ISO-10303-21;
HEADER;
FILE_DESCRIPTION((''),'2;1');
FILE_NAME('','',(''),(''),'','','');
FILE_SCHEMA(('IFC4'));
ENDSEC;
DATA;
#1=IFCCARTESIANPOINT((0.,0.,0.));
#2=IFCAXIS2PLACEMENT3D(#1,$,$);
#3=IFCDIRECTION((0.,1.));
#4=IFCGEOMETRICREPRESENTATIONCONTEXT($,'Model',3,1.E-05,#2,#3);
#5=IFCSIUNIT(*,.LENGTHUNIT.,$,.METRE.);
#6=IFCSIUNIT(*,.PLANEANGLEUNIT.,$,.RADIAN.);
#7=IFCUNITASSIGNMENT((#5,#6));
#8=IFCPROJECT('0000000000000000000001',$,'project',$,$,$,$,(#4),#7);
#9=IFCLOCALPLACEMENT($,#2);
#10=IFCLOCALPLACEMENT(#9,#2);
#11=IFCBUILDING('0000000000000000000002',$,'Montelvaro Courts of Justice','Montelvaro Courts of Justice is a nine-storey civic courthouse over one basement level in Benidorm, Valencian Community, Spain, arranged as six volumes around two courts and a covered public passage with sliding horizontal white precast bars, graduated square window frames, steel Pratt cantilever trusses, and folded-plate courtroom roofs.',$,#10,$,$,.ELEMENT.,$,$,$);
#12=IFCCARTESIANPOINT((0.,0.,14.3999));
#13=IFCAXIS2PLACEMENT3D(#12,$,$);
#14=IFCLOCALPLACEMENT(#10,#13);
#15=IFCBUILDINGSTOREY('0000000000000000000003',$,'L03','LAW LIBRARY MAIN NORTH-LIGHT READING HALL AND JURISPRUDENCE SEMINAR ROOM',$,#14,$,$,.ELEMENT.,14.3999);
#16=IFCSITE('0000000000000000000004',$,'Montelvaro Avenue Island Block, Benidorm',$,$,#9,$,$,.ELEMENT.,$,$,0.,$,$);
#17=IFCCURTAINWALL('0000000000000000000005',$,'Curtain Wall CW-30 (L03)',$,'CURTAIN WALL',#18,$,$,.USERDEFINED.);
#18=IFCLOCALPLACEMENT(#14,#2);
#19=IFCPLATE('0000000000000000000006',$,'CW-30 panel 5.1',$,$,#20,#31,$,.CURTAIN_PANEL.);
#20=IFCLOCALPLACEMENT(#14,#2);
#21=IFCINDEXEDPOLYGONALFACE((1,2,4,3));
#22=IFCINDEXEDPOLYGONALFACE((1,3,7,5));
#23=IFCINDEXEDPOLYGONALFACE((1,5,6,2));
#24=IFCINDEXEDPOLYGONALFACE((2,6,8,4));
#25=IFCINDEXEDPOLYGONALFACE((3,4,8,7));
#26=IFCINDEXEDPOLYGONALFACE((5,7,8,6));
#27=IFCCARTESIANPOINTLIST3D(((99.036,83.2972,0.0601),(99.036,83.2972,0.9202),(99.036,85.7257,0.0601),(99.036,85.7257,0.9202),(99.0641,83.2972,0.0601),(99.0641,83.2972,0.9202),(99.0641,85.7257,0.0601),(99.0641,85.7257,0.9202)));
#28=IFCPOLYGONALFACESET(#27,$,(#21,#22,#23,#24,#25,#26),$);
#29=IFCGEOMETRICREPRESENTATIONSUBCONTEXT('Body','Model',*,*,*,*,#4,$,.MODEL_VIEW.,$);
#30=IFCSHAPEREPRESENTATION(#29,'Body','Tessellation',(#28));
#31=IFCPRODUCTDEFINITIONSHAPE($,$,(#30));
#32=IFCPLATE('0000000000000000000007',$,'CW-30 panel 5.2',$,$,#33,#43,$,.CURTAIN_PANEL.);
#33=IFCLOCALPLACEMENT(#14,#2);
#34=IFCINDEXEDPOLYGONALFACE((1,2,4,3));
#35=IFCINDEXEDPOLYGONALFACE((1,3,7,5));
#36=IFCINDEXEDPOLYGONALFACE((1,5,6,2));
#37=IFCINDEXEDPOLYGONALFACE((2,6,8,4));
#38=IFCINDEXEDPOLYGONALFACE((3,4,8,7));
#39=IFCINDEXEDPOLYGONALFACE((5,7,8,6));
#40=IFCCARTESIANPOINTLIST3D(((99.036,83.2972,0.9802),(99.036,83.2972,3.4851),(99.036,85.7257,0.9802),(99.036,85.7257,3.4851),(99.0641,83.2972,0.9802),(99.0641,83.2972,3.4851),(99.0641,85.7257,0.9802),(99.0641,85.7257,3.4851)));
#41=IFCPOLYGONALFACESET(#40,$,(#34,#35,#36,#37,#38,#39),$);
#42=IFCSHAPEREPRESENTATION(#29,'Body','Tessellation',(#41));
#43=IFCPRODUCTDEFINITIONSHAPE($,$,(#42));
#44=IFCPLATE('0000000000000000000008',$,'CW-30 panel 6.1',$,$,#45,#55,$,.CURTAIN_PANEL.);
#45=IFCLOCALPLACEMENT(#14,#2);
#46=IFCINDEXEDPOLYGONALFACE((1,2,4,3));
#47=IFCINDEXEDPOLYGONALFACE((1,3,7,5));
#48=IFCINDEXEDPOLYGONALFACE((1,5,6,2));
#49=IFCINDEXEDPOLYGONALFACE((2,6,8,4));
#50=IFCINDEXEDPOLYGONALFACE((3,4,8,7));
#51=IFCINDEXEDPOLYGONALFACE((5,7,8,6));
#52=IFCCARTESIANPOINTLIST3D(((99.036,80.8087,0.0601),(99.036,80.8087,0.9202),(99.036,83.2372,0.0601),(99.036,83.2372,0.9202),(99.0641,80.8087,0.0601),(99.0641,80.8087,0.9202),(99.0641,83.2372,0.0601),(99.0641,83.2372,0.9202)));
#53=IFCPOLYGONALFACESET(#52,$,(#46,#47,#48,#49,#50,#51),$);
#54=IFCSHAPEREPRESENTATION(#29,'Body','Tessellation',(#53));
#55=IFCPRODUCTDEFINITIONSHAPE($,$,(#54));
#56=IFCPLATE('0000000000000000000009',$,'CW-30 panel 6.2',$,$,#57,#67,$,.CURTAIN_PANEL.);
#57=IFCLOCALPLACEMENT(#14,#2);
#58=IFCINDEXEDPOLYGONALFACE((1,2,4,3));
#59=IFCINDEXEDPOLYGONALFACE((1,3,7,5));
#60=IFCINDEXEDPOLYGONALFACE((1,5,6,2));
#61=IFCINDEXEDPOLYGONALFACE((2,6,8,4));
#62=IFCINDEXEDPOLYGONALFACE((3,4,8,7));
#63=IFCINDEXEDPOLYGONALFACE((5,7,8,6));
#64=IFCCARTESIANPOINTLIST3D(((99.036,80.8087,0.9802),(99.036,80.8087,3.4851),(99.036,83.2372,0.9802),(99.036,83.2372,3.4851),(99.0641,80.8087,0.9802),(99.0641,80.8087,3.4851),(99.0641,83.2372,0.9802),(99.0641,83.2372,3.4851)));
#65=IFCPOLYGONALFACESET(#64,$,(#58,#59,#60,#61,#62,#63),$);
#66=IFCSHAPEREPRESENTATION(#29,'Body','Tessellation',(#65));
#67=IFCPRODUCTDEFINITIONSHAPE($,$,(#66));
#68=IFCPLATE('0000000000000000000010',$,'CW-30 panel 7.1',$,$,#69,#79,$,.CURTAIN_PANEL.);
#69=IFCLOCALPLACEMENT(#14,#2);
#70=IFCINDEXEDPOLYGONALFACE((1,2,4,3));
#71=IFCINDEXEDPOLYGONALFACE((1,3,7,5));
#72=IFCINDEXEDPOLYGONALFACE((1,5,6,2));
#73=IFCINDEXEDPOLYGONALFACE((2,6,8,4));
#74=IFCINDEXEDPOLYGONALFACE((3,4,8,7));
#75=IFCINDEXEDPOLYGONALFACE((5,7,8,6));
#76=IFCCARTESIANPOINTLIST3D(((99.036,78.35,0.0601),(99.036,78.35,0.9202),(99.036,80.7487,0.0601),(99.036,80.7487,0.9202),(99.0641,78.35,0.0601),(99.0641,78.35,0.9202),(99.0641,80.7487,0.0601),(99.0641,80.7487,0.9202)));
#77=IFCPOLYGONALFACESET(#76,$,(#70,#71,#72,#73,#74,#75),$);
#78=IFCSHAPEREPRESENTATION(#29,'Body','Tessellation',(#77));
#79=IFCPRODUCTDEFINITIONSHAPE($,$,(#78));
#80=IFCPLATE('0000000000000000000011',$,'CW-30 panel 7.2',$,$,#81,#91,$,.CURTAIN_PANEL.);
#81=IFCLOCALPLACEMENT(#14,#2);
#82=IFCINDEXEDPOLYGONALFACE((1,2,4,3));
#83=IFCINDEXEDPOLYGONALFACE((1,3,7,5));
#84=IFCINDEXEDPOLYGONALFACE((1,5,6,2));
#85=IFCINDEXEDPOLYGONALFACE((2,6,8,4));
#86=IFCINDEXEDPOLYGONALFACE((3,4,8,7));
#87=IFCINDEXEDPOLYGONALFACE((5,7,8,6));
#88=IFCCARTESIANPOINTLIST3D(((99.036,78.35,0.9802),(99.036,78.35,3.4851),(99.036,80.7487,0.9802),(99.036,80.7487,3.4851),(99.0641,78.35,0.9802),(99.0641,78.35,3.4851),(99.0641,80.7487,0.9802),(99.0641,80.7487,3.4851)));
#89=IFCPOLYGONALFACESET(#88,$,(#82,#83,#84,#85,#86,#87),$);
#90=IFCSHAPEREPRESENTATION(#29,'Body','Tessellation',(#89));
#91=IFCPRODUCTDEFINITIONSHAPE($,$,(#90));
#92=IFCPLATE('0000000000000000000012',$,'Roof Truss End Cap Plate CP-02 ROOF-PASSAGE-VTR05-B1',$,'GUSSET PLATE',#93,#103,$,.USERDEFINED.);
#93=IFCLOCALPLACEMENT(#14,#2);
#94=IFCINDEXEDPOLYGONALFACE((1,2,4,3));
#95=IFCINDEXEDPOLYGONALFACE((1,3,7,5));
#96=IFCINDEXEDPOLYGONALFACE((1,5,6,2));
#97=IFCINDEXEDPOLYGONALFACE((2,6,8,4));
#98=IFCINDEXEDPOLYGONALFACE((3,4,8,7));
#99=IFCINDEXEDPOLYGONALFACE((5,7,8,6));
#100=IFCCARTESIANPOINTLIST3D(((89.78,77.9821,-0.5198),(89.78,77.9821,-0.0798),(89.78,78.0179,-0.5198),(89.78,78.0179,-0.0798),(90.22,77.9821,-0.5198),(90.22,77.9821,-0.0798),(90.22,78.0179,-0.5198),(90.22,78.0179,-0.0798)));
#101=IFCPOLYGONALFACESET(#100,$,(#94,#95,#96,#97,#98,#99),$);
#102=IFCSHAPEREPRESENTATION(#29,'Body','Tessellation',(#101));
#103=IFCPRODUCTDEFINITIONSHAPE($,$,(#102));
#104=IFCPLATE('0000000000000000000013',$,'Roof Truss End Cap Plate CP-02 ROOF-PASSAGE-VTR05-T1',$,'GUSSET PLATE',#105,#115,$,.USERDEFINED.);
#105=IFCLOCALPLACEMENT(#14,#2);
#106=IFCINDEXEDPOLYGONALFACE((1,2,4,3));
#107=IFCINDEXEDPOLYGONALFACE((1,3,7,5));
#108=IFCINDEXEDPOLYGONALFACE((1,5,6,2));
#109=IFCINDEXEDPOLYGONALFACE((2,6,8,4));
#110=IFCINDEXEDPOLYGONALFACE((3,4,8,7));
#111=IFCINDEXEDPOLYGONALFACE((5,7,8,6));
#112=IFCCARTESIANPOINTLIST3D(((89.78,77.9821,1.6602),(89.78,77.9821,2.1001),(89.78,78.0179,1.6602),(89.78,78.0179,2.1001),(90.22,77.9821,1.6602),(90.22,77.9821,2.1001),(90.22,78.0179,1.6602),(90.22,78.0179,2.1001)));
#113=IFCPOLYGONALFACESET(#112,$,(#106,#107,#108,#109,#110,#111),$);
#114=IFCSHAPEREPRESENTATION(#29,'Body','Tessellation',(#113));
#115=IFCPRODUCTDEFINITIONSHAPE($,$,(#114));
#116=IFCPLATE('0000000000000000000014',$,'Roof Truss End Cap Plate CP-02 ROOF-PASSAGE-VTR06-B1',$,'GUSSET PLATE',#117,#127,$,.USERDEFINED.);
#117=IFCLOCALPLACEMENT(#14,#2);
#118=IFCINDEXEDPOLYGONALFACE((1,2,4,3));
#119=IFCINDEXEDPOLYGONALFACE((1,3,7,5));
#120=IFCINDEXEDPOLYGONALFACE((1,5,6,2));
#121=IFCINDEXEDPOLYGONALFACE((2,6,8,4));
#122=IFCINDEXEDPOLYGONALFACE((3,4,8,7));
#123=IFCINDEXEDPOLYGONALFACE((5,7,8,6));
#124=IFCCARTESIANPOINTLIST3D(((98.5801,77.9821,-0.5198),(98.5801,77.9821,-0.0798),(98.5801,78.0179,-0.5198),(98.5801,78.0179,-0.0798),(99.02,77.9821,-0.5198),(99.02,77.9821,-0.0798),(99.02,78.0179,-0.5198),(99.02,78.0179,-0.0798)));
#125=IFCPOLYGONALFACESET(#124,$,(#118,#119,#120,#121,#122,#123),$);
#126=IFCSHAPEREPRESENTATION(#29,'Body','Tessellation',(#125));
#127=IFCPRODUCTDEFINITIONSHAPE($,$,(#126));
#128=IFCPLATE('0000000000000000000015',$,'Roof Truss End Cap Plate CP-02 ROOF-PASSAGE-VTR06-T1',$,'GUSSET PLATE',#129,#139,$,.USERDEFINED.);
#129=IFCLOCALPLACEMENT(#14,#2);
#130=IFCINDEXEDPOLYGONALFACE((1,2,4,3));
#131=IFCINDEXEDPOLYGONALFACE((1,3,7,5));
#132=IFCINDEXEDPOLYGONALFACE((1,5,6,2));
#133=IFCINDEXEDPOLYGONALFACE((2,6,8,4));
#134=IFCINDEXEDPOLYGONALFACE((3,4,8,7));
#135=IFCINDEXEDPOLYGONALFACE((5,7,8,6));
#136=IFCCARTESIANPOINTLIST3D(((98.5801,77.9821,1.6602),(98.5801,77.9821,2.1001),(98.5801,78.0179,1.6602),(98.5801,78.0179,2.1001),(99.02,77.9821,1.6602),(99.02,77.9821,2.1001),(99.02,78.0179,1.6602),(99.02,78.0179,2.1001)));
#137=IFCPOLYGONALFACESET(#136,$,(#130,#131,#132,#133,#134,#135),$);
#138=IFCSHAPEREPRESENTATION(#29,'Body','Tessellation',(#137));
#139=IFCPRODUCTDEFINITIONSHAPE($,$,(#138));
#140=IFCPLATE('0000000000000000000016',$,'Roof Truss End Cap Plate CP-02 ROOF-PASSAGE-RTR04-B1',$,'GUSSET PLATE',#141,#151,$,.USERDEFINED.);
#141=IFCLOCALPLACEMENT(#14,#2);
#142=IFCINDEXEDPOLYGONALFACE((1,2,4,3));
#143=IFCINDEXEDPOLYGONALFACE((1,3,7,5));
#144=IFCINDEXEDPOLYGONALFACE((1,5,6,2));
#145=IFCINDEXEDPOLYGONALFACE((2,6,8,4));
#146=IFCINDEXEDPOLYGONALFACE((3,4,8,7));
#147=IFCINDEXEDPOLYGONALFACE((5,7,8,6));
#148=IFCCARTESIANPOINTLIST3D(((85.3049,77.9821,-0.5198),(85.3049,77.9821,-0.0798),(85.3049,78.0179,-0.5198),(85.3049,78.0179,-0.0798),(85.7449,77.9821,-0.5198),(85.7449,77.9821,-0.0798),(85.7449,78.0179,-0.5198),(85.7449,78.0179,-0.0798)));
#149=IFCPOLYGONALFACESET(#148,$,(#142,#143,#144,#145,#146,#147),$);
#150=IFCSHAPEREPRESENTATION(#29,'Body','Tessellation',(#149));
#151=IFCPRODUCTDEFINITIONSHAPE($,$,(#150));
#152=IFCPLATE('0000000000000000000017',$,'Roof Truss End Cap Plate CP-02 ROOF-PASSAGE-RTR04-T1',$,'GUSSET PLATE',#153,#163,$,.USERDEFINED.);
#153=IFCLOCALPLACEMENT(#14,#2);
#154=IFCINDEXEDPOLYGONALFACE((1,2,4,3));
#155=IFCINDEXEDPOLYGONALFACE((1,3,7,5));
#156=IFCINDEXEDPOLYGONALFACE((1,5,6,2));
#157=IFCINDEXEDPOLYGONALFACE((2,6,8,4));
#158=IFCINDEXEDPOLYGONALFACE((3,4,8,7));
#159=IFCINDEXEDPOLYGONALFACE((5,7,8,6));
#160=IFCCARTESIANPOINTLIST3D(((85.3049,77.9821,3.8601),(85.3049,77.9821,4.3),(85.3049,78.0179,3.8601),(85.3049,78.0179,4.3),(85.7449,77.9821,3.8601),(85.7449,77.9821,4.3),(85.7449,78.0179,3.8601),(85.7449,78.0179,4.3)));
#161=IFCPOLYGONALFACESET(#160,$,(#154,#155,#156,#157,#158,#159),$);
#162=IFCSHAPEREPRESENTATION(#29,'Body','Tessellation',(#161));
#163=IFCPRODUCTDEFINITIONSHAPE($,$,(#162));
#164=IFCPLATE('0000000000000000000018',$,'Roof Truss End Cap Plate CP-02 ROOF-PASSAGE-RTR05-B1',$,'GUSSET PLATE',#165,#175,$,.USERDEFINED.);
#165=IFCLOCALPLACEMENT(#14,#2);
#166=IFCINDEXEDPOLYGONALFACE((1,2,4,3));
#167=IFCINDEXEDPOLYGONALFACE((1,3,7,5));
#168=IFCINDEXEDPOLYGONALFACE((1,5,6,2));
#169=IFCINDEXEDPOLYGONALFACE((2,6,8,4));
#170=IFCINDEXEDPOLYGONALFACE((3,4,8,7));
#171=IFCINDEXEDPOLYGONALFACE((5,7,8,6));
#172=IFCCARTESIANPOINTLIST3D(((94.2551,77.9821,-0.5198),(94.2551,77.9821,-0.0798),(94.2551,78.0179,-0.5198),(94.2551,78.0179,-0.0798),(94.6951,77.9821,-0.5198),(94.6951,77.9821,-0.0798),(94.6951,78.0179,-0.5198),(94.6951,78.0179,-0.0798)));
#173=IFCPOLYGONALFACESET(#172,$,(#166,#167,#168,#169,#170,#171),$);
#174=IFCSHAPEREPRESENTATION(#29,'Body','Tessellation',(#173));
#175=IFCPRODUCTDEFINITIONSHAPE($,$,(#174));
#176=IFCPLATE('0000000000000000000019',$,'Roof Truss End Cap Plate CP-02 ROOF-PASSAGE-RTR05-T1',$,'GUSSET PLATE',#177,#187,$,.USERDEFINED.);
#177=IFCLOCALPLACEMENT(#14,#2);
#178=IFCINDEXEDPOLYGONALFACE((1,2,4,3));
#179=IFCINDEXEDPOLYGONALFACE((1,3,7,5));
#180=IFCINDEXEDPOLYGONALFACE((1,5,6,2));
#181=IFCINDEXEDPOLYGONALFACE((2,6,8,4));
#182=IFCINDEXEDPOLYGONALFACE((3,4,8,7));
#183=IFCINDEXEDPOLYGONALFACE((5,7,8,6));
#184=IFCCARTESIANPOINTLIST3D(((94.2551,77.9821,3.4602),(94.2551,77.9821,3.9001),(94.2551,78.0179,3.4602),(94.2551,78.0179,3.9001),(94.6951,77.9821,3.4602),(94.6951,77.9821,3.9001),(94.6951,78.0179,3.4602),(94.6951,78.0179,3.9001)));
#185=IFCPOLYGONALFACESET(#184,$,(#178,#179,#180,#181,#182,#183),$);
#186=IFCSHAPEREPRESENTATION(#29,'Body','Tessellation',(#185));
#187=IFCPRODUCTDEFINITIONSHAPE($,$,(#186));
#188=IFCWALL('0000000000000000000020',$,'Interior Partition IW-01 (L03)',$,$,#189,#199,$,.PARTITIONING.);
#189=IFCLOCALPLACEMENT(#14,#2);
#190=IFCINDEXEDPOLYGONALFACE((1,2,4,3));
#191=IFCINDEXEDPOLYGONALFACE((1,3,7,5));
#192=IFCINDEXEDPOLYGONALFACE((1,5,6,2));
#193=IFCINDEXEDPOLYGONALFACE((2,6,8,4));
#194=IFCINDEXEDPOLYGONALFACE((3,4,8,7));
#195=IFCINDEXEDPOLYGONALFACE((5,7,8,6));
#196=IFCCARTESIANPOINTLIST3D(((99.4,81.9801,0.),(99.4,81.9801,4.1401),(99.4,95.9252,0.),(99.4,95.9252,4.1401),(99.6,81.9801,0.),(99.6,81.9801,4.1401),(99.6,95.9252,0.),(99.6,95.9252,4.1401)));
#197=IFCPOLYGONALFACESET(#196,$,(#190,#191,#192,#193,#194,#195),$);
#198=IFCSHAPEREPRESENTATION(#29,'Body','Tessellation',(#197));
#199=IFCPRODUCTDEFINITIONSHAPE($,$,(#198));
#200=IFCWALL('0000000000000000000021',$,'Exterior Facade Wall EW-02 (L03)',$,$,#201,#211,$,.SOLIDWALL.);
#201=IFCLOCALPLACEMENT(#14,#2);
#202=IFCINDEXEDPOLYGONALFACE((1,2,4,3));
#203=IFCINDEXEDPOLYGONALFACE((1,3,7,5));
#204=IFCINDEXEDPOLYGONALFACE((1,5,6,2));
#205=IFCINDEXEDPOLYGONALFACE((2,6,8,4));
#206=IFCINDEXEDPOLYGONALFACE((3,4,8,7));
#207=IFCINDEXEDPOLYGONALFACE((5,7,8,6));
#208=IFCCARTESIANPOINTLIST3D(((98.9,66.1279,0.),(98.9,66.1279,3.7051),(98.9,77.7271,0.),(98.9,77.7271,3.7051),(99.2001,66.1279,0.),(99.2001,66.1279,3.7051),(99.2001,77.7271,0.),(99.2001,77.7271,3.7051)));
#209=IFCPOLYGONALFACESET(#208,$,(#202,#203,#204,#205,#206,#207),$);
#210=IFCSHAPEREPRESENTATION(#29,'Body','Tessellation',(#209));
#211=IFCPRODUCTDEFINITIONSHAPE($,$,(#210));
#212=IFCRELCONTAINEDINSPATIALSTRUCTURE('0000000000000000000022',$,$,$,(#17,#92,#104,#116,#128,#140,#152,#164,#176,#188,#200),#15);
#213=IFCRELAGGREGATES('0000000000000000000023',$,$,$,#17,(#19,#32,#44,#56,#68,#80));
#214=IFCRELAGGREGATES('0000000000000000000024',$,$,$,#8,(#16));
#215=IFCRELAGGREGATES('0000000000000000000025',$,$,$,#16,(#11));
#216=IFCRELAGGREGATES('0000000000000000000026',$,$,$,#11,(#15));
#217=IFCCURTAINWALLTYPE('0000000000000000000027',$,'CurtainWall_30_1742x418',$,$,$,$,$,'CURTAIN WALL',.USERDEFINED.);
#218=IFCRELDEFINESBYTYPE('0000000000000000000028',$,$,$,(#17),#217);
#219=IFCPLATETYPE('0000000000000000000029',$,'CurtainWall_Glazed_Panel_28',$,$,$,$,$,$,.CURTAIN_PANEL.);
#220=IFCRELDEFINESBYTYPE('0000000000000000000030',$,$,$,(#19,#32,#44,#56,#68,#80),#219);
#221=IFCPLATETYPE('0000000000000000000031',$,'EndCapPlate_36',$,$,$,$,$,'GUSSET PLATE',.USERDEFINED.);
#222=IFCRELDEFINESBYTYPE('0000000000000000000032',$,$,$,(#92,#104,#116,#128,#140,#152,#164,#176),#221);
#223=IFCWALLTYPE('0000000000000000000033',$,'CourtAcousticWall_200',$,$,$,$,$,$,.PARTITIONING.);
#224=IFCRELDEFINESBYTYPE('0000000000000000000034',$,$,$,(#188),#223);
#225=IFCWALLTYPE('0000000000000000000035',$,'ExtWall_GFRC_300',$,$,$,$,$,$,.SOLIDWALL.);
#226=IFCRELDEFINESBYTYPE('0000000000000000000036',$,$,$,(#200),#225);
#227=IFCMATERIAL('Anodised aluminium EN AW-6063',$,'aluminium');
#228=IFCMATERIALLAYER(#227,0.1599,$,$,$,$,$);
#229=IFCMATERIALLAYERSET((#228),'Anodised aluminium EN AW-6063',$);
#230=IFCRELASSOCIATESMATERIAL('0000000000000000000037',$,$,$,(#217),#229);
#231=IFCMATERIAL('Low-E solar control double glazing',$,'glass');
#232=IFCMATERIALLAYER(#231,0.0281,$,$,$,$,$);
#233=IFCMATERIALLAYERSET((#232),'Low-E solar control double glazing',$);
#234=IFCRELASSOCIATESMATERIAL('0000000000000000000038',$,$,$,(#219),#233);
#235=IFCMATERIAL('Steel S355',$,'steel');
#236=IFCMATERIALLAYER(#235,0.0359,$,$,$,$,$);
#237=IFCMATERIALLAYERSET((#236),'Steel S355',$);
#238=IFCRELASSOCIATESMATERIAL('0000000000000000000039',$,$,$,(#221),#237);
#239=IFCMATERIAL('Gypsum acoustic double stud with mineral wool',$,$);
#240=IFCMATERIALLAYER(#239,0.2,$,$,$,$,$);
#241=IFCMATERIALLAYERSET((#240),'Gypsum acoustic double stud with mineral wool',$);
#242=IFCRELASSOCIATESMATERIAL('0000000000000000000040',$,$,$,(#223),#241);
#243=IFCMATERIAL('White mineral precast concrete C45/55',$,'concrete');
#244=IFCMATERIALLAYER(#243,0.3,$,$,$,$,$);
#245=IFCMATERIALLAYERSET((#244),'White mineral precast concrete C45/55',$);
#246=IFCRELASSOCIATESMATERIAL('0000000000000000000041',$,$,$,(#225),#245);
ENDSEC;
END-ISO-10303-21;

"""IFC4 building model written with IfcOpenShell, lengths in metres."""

from ifc_helpers import new_model, si_unit, direction, frame, frame_2d, origin, origin_2d, place, context, subcontext, project, spatial, rectangle, extrude, material, layer, layer_set, type_object, element, aggregate, save


model = new_model("IFC4")

# Units and contexts
model_context = context("Model", 3, precision=1e-05, world=origin(), true_north=direction((0.0, 1.0)))
body_context = subcontext(model_context, "Body", "Model", "MODEL_VIEW")
ifc_project = project(units=[si_unit("LENGTHUNIT", "METRE"), si_unit("PLANEANGLEUNIT", "RADIAN")], contexts=[model_context])

# Site, building, storey
site_placement = place(None, origin())
site = spatial("IfcSite", under=ifc_project, at=site_placement, Name="Montelvaro Avenue Island Block, Benidorm", CompositionType="ELEMENT", RefElevation=0.0)
building_placement = place(site_placement, origin())
building = spatial("IfcBuilding", under=site, at=building_placement, Name="Montelvaro Courts of Justice", Description="Montelvaro Courts of Justice is a nine-storey civic courthouse over one basement level in Benidorm, Valencian Community, Spain, arranged as six volumes around two courts and a covered public passage with sliding horizontal white precast bars, graduated square window frames, steel Pratt cantilever trusses, and folded-plate courtroom roofs.", CompositionType="ELEMENT")
storey_placement = place(building_placement, frame((0.0, 0.0, 14.3999)))
storey = spatial("IfcBuildingStorey", under=building, at=storey_placement, Name="L03", Description="LAW LIBRARY MAIN NORTH-LIGHT READING HALL AND JURISPRUDENCE SEMINAR ROOM", CompositionType="ELEMENT", Elevation=14.3999)

# Shared definitions
ifc_material_1 = material(Name="Steel S355", Category="steel")

# Curtain wall
ifc_material_2 = material(Name="Anodised aluminium EN AW-6063", Category="aluminium")
ifc_layer_1 = layer(ifc_material_2, 0.1599)
ifc_layer_set_1 = layer_set([ifc_layer_1], Name="Anodised aluminium EN AW-6063")
curtain_wall_type = type_object("IfcCurtainWallType", Name="CurtainWall_30_1742x418", ElementType="CURTAIN WALL", PredefinedType="USERDEFINED", material=ifc_layer_set_1)
curtain_wall_placement = place(storey_placement, origin())
curtain_wall = element("IfcCurtainWall", 1, at=curtain_wall_placement, inside=storey, type_object=curtain_wall_type, Name="Curtain Wall CW-30 (L03)", ObjectType="CURTAIN WALL", PredefinedType="USERDEFINED")

# Plates
ifc_material_3 = material(Name="Low-E solar control double glazing", Category="glass")
ifc_layer_2 = layer(ifc_material_3, 0.0281)
ifc_layer_set_2 = layer_set([ifc_layer_2], Name="Low-E solar control double glazing")
plate_type_1 = type_object("IfcPlateType", Name="CurtainWall_Glazed_Panel_28", PredefinedType="CURTAIN_PANEL", material=ifc_layer_set_2)
plate_1_placement = place(storey_placement, frame((99.05, 84.5115, 0.0601), z_axis=(0.0, 0.0, 1.0), x_axis=(0.0, -1.0, 0.0)))
plate_1 = element("IfcPlate", 2, at=plate_1_placement, type_object=plate_type_1, Name="CW-30 panel 5.1", PredefinedType="CURTAIN_PANEL", context=body_context, shape_type="SweptSolid", body=[
    extrude(rectangle(XDim=2.4285, YDim=0.0281, at=origin_2d()), origin(), (0.0, 0.0, 1.0), 0.8601),
])
plate_2_placement = place(storey_placement, frame((99.05, 84.5115, 0.9802), z_axis=(0.0, 0.0, 1.0), x_axis=(0.0, -1.0, 0.0)))
plate_2 = element("IfcPlate", 3, at=plate_2_placement, type_object=plate_type_1, Name="CW-30 panel 5.2", PredefinedType="CURTAIN_PANEL", context=body_context, shape_type="SweptSolid", body=[
    extrude(rectangle(XDim=2.4285, YDim=0.0281, at=origin_2d()), origin(), (0.0, 0.0, 1.0), 2.5049),
])
plate_3_placement = place(storey_placement, frame((99.05, 82.0229, 0.0601), z_axis=(0.0, 0.0, 1.0), x_axis=(0.0, -1.0, 0.0)))
plate_3 = element("IfcPlate", 4, at=plate_3_placement, type_object=plate_type_1, Name="CW-30 panel 6.1", PredefinedType="CURTAIN_PANEL", context=body_context, shape_type="SweptSolid", body=[
    extrude(rectangle(XDim=2.4285, YDim=0.0281, at=origin_2d()), origin(), (0.0, 0.0, 1.0), 0.8601),
])
plate_4_placement = place(storey_placement, frame((99.05, 82.0229, 0.9802), z_axis=(0.0, 0.0, 1.0), x_axis=(0.0, -1.0, 0.0)))
plate_4 = element("IfcPlate", 5, at=plate_4_placement, type_object=plate_type_1, Name="CW-30 panel 6.2", PredefinedType="CURTAIN_PANEL", context=body_context, shape_type="SweptSolid", body=[
    extrude(rectangle(XDim=2.4285, YDim=0.0281, at=origin_2d()), origin(), (0.0, 0.0, 1.0), 2.5049),
])
plate_5_placement = place(storey_placement, frame((99.05, 79.5493, 0.0601), z_axis=(0.0, 0.0, 1.0), x_axis=(0.0, -1.0, 0.0)))
plate_5 = element("IfcPlate", 6, at=plate_5_placement, type_object=plate_type_1, Name="CW-30 panel 7.1", PredefinedType="CURTAIN_PANEL", context=body_context, shape_type="SweptSolid", body=[
    extrude(rectangle(XDim=2.3987, YDim=0.0281, at=origin_2d()), origin(), (0.0, 0.0, 1.0), 0.8601),
])
plate_6_placement = place(storey_placement, frame((99.05, 79.5493, 0.9802), z_axis=(0.0, 0.0, 1.0), x_axis=(0.0, -1.0, 0.0)))
plate_6 = element("IfcPlate", 7, at=plate_6_placement, type_object=plate_type_1, Name="CW-30 panel 7.2", PredefinedType="CURTAIN_PANEL", context=body_context, shape_type="SweptSolid", body=[
    extrude(rectangle(XDim=2.3987, YDim=0.0281, at=origin_2d()), origin(), (0.0, 0.0, 1.0), 2.5049),
])
aggregate(curtain_wall, [plate_1, plate_2, plate_3, plate_4, plate_5, plate_6])

# Plates
ifc_layer_3 = layer(ifc_material_1, 0.0359)
ifc_layer_set_3 = layer_set([ifc_layer_3], Name="Steel S355")
plate_type_2 = type_object("IfcPlateType", Name="EndCapPlate_36", ElementType="GUSSET PLATE", PredefinedType="USERDEFINED", material=ifc_layer_set_3)
for number, where, z_axis, x_axis, name in (
    (8, (90.0, 78.0, -0.5198), (0.0, 0.0, 1.0), (1.0, 0.0, 0.0), "Roof Truss End Cap Plate CP-02 ROOF-PASSAGE-VTR05-B1"),
    (9, (90.0, 78.0, 1.6602), (0.0, 0.0, 1.0), (1.0, 0.0, 0.0), "Roof Truss End Cap Plate CP-02 ROOF-PASSAGE-VTR05-T1"),
    (10, (98.8, 78.0, -0.5198), (0.0, 0.0, 1.0), (1.0, 0.0, 0.0), "Roof Truss End Cap Plate CP-02 ROOF-PASSAGE-VTR06-B1"),
    (11, (98.8, 78.0, 1.6602), (0.0, 0.0, 1.0), (1.0, 0.0, 0.0), "Roof Truss End Cap Plate CP-02 ROOF-PASSAGE-VTR06-T1"),
    (12, (85.5249, 78.0, -0.5198), (0.0, 0.0, 1.0), (1.0, 0.0, 0.0), "Roof Truss End Cap Plate CP-02 ROOF-PASSAGE-RTR04-B1"),
    (13, (85.5249, 78.0, 3.8601), (0.0, 0.0, 1.0), (1.0, 0.0, 0.0), "Roof Truss End Cap Plate CP-02 ROOF-PASSAGE-RTR04-T1"),
    (14, (94.4751, 78.0, -0.5198), (0.0, 0.0, 1.0), (1.0, 0.0, 0.0), "Roof Truss End Cap Plate CP-02 ROOF-PASSAGE-RTR05-B1"),
    (15, (94.4751, 78.0, 3.4602), (0.0, 0.0, 1.0), (1.0, 0.0, 0.0), "Roof Truss End Cap Plate CP-02 ROOF-PASSAGE-RTR05-T1"),
):
    element("IfcPlate", number, at=place(storey_placement, frame(where, z_axis=z_axis, x_axis=x_axis)), inside=storey, type_object=plate_type_2, Name=name, ObjectType="GUSSET PLATE", PredefinedType="USERDEFINED", context=body_context, shape_type="SweptSolid", body=[
        extrude(rectangle(XDim=0.4399, YDim=0.0359, at=origin_2d()), origin(), (0.0, 0.0, 1.0), 0.4399),
    ])

# Walls
ifc_material_4 = material(Name="Gypsum acoustic double stud with mineral wool")
ifc_layer_4 = layer(ifc_material_4, 0.2)
ifc_layer_set_4 = layer_set([ifc_layer_4], Name="Gypsum acoustic double stud with mineral wool")
wall_type_1 = type_object("IfcWallType", Name="CourtAcousticWall_200", PredefinedType="PARTITIONING", material=ifc_layer_set_4)
wall_1_placement = place(storey_placement, frame((99.5, 81.98, 0.0), z_axis=(0.0, 0.0, 1.0), x_axis=(0.0, 1.0, 0.0)))
element("IfcWall", 16, at=wall_1_placement, inside=storey, type_object=wall_type_1, Name="Interior Partition IW-01 (L03)", PredefinedType="PARTITIONING", context=body_context, shape_type="SweptSolid", body=[
    extrude(rectangle(XDim=13.9451, YDim=0.2, at=frame_2d((6.9727, 0.0))), origin(), (0.0, 0.0, 1.0), 4.1401),
])
ifc_material_5 = material(Name="White mineral precast concrete C45/55", Category="concrete")
ifc_layer_5 = layer(ifc_material_5, 0.3)
ifc_layer_set_5 = layer_set([ifc_layer_5], Name="White mineral precast concrete C45/55")
wall_type_2 = type_object("IfcWallType", Name="ExtWall_GFRC_300", PredefinedType="SOLIDWALL", material=ifc_layer_set_5)
wall_2_placement = place(storey_placement, frame((99.05, 77.7271, 0.0), z_axis=(0.0, 0.0, 1.0), x_axis=(0.0, -1.0, 0.0)))
element("IfcWall", 17, at=wall_2_placement, inside=storey, type_object=wall_type_2, Name="Exterior Facade Wall EW-02 (L03)", PredefinedType="SOLIDWALL", context=body_context, shape_type="SweptSolid", body=[
    extrude(rectangle(XDim=11.5991, YDim=0.3, at=frame_2d((5.7996, 0.0))), origin(), (0.0, 0.0, 1.0), 3.7051),
])

save(model, "model.ifc")
